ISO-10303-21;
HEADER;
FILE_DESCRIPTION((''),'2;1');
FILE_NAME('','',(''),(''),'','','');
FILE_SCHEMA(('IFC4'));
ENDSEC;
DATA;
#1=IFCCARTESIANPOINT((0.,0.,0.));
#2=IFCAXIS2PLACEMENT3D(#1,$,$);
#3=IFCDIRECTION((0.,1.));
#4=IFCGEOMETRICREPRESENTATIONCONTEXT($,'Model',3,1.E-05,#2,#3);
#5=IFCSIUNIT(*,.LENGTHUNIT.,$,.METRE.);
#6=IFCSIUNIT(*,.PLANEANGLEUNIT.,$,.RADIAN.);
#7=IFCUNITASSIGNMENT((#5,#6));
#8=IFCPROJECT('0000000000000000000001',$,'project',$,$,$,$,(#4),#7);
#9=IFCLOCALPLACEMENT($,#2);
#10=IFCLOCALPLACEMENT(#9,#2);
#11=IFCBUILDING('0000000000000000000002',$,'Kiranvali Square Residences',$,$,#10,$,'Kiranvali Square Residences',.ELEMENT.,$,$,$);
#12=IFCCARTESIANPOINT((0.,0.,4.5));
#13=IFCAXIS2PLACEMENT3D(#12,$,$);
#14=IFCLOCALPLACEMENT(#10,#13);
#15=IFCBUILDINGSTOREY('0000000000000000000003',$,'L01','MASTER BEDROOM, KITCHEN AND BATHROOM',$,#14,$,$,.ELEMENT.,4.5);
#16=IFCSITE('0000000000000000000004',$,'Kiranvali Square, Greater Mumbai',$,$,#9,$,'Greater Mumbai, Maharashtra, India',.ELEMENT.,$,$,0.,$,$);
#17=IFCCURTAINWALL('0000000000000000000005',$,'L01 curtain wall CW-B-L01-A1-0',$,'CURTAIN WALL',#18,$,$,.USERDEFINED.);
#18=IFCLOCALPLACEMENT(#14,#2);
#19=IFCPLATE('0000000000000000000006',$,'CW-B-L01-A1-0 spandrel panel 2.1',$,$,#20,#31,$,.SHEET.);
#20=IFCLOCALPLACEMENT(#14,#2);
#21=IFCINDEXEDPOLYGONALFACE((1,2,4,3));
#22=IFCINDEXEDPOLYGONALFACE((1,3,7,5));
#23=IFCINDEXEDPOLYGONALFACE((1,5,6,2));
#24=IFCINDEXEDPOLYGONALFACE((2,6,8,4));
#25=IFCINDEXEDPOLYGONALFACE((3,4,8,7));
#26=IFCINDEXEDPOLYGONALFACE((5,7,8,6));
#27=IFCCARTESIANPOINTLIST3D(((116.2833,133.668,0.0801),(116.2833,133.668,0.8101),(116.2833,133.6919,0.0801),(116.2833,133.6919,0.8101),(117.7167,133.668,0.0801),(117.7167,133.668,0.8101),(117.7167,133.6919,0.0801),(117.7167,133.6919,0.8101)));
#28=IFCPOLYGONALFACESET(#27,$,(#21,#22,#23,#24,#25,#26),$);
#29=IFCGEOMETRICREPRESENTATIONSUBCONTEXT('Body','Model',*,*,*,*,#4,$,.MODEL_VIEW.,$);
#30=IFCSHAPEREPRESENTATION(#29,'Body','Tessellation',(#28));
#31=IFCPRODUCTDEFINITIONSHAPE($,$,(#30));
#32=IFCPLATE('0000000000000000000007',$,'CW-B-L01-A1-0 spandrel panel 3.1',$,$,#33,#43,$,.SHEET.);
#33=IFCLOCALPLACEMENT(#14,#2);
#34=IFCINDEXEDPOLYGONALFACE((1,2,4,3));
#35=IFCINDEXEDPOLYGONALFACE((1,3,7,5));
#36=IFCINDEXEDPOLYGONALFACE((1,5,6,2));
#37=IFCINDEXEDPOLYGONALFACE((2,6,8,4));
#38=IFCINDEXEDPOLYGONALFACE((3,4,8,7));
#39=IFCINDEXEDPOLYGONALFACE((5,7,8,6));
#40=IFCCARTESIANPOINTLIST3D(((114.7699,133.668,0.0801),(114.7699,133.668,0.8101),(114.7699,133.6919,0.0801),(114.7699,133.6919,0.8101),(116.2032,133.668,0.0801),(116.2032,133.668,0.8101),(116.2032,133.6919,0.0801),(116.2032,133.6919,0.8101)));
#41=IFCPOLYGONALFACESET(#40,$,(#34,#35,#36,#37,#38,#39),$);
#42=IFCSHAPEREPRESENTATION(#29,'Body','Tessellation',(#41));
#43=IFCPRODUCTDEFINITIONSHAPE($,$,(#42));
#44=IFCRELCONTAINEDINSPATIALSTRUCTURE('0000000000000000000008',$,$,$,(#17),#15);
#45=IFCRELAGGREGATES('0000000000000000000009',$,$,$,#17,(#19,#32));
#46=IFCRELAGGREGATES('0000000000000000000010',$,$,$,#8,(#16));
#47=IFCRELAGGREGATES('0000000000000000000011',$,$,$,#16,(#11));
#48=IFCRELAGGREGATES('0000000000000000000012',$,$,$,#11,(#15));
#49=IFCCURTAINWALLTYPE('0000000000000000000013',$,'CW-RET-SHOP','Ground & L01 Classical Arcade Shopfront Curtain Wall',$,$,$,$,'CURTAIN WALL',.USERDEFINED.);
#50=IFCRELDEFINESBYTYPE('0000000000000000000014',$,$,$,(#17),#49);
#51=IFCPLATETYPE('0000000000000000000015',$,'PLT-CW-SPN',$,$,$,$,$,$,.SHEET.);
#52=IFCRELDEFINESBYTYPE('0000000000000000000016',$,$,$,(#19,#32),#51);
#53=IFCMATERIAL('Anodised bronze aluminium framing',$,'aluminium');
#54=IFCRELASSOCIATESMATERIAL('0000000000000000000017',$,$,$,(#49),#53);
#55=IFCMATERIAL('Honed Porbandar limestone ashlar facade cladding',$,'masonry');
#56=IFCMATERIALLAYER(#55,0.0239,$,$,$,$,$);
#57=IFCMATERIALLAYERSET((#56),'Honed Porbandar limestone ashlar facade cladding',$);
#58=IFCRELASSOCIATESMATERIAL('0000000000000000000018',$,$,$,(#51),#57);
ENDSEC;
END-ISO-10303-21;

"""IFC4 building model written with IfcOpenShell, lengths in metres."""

from ifc_helpers import new_model, si_unit, direction, frame, origin, origin_2d, place, context, subcontext, project, spatial, rectangle, extrude, material, layer, layer_set, type_object, element, aggregate, save


model = new_model("IFC4")

# Units and contexts
model_context = context("Model", 3, precision=1e-05, world=origin(), true_north=direction((0.0, 1.0)))
body_context = subcontext(model_context, "Body", "Model", "MODEL_VIEW")
ifc_project = project(units=[si_unit("LENGTHUNIT", "METRE"), si_unit("PLANEANGLEUNIT", "RADIAN")], contexts=[model_context])

# Site, building, storey
site_placement = place(None, origin())
site = spatial("IfcSite", under=ifc_project, at=site_placement, Name="Kiranvali Square, Greater Mumbai", LongName="Greater Mumbai, Maharashtra, India", CompositionType="ELEMENT", RefElevation=0.0)
building_placement = place(site_placement, origin())
building = spatial("IfcBuilding", under=site, at=building_placement, Name="Kiranvali Square Residences", LongName="Kiranvali Square Residences", CompositionType="ELEMENT")
storey_placement = place(building_placement, frame((0.0, 0.0, 4.5)))
storey = spatial("IfcBuildingStorey", under=building, at=storey_placement, Name="L01", Description="MASTER BEDROOM, KITCHEN AND BATHROOM", CompositionType="ELEMENT", Elevation=4.5)

# Curtain wall
ifc_material_1 = material(Name="Anodised bronze aluminium framing", Category="aluminium")
curtain_wall_type = type_object("IfcCurtainWallType", Name="CW-RET-SHOP", Description="Ground & L01 Classical Arcade Shopfront Curtain Wall", ElementType="CURTAIN WALL", PredefinedType="USERDEFINED", material=ifc_material_1)
curtain_wall_1_placement = place(storey_placement, origin())
curtain_wall_1 = element("IfcCurtainWall", 1, at=curtain_wall_1_placement, inside=storey, type_object=curtain_wall_type, Name="L01 curtain wall CW-B-L01-A1-0", ObjectType="CURTAIN WALL", PredefinedType="USERDEFINED")

# Plates
ifc_material_2 = material(Name="Honed Porbandar limestone ashlar facade cladding", Category="masonry")
ifc_layer_1 = layer(ifc_material_2, 0.0239)
ifc_layer_set_1 = layer_set([ifc_layer_1], Name="Honed Porbandar limestone ashlar facade cladding")
plate_type_1 = type_object("IfcPlateType", Name="PLT-CW-SPN", PredefinedType="SHEET", material=ifc_layer_set_1)
plate_1_placement = place(storey_placement, frame((117.0, 133.6799, 0.0801), z_axis=(0.0, 0.0, 1.0), x_axis=(-1.0, 0.0, 0.0)))
plate_1 = element("IfcPlate", 2, at=plate_1_placement, type_object=plate_type_1, Name="CW-B-L01-A1-0 spandrel panel 2.1", PredefinedType="SHEET", context=body_context, shape_type="SweptSolid", body=[
    extrude(rectangle(XDim=1.4333, YDim=0.0239, at=origin_2d()), origin(), (0.0, 0.0, 1.0), 0.73),
])
plate_2_placement = place(storey_placement, frame((115.4866, 133.6799, 0.0801), z_axis=(0.0, 0.0, 1.0), x_axis=(-1.0, 0.0, 0.0)))
plate_2 = element("IfcPlate", 3, at=plate_2_placement, type_object=plate_type_1, Name="CW-B-L01-A1-0 spandrel panel 3.1", PredefinedType="SHEET", context=body_context, shape_type="SweptSolid", body=[
    extrude(rectangle(XDim=1.4333, YDim=0.0239, at=origin_2d()), origin(), (0.0, 0.0, 1.0), 0.73),
])
aggregate(curtain_wall_1, [plate_1, plate_2])

save(model, "model.ifc")
